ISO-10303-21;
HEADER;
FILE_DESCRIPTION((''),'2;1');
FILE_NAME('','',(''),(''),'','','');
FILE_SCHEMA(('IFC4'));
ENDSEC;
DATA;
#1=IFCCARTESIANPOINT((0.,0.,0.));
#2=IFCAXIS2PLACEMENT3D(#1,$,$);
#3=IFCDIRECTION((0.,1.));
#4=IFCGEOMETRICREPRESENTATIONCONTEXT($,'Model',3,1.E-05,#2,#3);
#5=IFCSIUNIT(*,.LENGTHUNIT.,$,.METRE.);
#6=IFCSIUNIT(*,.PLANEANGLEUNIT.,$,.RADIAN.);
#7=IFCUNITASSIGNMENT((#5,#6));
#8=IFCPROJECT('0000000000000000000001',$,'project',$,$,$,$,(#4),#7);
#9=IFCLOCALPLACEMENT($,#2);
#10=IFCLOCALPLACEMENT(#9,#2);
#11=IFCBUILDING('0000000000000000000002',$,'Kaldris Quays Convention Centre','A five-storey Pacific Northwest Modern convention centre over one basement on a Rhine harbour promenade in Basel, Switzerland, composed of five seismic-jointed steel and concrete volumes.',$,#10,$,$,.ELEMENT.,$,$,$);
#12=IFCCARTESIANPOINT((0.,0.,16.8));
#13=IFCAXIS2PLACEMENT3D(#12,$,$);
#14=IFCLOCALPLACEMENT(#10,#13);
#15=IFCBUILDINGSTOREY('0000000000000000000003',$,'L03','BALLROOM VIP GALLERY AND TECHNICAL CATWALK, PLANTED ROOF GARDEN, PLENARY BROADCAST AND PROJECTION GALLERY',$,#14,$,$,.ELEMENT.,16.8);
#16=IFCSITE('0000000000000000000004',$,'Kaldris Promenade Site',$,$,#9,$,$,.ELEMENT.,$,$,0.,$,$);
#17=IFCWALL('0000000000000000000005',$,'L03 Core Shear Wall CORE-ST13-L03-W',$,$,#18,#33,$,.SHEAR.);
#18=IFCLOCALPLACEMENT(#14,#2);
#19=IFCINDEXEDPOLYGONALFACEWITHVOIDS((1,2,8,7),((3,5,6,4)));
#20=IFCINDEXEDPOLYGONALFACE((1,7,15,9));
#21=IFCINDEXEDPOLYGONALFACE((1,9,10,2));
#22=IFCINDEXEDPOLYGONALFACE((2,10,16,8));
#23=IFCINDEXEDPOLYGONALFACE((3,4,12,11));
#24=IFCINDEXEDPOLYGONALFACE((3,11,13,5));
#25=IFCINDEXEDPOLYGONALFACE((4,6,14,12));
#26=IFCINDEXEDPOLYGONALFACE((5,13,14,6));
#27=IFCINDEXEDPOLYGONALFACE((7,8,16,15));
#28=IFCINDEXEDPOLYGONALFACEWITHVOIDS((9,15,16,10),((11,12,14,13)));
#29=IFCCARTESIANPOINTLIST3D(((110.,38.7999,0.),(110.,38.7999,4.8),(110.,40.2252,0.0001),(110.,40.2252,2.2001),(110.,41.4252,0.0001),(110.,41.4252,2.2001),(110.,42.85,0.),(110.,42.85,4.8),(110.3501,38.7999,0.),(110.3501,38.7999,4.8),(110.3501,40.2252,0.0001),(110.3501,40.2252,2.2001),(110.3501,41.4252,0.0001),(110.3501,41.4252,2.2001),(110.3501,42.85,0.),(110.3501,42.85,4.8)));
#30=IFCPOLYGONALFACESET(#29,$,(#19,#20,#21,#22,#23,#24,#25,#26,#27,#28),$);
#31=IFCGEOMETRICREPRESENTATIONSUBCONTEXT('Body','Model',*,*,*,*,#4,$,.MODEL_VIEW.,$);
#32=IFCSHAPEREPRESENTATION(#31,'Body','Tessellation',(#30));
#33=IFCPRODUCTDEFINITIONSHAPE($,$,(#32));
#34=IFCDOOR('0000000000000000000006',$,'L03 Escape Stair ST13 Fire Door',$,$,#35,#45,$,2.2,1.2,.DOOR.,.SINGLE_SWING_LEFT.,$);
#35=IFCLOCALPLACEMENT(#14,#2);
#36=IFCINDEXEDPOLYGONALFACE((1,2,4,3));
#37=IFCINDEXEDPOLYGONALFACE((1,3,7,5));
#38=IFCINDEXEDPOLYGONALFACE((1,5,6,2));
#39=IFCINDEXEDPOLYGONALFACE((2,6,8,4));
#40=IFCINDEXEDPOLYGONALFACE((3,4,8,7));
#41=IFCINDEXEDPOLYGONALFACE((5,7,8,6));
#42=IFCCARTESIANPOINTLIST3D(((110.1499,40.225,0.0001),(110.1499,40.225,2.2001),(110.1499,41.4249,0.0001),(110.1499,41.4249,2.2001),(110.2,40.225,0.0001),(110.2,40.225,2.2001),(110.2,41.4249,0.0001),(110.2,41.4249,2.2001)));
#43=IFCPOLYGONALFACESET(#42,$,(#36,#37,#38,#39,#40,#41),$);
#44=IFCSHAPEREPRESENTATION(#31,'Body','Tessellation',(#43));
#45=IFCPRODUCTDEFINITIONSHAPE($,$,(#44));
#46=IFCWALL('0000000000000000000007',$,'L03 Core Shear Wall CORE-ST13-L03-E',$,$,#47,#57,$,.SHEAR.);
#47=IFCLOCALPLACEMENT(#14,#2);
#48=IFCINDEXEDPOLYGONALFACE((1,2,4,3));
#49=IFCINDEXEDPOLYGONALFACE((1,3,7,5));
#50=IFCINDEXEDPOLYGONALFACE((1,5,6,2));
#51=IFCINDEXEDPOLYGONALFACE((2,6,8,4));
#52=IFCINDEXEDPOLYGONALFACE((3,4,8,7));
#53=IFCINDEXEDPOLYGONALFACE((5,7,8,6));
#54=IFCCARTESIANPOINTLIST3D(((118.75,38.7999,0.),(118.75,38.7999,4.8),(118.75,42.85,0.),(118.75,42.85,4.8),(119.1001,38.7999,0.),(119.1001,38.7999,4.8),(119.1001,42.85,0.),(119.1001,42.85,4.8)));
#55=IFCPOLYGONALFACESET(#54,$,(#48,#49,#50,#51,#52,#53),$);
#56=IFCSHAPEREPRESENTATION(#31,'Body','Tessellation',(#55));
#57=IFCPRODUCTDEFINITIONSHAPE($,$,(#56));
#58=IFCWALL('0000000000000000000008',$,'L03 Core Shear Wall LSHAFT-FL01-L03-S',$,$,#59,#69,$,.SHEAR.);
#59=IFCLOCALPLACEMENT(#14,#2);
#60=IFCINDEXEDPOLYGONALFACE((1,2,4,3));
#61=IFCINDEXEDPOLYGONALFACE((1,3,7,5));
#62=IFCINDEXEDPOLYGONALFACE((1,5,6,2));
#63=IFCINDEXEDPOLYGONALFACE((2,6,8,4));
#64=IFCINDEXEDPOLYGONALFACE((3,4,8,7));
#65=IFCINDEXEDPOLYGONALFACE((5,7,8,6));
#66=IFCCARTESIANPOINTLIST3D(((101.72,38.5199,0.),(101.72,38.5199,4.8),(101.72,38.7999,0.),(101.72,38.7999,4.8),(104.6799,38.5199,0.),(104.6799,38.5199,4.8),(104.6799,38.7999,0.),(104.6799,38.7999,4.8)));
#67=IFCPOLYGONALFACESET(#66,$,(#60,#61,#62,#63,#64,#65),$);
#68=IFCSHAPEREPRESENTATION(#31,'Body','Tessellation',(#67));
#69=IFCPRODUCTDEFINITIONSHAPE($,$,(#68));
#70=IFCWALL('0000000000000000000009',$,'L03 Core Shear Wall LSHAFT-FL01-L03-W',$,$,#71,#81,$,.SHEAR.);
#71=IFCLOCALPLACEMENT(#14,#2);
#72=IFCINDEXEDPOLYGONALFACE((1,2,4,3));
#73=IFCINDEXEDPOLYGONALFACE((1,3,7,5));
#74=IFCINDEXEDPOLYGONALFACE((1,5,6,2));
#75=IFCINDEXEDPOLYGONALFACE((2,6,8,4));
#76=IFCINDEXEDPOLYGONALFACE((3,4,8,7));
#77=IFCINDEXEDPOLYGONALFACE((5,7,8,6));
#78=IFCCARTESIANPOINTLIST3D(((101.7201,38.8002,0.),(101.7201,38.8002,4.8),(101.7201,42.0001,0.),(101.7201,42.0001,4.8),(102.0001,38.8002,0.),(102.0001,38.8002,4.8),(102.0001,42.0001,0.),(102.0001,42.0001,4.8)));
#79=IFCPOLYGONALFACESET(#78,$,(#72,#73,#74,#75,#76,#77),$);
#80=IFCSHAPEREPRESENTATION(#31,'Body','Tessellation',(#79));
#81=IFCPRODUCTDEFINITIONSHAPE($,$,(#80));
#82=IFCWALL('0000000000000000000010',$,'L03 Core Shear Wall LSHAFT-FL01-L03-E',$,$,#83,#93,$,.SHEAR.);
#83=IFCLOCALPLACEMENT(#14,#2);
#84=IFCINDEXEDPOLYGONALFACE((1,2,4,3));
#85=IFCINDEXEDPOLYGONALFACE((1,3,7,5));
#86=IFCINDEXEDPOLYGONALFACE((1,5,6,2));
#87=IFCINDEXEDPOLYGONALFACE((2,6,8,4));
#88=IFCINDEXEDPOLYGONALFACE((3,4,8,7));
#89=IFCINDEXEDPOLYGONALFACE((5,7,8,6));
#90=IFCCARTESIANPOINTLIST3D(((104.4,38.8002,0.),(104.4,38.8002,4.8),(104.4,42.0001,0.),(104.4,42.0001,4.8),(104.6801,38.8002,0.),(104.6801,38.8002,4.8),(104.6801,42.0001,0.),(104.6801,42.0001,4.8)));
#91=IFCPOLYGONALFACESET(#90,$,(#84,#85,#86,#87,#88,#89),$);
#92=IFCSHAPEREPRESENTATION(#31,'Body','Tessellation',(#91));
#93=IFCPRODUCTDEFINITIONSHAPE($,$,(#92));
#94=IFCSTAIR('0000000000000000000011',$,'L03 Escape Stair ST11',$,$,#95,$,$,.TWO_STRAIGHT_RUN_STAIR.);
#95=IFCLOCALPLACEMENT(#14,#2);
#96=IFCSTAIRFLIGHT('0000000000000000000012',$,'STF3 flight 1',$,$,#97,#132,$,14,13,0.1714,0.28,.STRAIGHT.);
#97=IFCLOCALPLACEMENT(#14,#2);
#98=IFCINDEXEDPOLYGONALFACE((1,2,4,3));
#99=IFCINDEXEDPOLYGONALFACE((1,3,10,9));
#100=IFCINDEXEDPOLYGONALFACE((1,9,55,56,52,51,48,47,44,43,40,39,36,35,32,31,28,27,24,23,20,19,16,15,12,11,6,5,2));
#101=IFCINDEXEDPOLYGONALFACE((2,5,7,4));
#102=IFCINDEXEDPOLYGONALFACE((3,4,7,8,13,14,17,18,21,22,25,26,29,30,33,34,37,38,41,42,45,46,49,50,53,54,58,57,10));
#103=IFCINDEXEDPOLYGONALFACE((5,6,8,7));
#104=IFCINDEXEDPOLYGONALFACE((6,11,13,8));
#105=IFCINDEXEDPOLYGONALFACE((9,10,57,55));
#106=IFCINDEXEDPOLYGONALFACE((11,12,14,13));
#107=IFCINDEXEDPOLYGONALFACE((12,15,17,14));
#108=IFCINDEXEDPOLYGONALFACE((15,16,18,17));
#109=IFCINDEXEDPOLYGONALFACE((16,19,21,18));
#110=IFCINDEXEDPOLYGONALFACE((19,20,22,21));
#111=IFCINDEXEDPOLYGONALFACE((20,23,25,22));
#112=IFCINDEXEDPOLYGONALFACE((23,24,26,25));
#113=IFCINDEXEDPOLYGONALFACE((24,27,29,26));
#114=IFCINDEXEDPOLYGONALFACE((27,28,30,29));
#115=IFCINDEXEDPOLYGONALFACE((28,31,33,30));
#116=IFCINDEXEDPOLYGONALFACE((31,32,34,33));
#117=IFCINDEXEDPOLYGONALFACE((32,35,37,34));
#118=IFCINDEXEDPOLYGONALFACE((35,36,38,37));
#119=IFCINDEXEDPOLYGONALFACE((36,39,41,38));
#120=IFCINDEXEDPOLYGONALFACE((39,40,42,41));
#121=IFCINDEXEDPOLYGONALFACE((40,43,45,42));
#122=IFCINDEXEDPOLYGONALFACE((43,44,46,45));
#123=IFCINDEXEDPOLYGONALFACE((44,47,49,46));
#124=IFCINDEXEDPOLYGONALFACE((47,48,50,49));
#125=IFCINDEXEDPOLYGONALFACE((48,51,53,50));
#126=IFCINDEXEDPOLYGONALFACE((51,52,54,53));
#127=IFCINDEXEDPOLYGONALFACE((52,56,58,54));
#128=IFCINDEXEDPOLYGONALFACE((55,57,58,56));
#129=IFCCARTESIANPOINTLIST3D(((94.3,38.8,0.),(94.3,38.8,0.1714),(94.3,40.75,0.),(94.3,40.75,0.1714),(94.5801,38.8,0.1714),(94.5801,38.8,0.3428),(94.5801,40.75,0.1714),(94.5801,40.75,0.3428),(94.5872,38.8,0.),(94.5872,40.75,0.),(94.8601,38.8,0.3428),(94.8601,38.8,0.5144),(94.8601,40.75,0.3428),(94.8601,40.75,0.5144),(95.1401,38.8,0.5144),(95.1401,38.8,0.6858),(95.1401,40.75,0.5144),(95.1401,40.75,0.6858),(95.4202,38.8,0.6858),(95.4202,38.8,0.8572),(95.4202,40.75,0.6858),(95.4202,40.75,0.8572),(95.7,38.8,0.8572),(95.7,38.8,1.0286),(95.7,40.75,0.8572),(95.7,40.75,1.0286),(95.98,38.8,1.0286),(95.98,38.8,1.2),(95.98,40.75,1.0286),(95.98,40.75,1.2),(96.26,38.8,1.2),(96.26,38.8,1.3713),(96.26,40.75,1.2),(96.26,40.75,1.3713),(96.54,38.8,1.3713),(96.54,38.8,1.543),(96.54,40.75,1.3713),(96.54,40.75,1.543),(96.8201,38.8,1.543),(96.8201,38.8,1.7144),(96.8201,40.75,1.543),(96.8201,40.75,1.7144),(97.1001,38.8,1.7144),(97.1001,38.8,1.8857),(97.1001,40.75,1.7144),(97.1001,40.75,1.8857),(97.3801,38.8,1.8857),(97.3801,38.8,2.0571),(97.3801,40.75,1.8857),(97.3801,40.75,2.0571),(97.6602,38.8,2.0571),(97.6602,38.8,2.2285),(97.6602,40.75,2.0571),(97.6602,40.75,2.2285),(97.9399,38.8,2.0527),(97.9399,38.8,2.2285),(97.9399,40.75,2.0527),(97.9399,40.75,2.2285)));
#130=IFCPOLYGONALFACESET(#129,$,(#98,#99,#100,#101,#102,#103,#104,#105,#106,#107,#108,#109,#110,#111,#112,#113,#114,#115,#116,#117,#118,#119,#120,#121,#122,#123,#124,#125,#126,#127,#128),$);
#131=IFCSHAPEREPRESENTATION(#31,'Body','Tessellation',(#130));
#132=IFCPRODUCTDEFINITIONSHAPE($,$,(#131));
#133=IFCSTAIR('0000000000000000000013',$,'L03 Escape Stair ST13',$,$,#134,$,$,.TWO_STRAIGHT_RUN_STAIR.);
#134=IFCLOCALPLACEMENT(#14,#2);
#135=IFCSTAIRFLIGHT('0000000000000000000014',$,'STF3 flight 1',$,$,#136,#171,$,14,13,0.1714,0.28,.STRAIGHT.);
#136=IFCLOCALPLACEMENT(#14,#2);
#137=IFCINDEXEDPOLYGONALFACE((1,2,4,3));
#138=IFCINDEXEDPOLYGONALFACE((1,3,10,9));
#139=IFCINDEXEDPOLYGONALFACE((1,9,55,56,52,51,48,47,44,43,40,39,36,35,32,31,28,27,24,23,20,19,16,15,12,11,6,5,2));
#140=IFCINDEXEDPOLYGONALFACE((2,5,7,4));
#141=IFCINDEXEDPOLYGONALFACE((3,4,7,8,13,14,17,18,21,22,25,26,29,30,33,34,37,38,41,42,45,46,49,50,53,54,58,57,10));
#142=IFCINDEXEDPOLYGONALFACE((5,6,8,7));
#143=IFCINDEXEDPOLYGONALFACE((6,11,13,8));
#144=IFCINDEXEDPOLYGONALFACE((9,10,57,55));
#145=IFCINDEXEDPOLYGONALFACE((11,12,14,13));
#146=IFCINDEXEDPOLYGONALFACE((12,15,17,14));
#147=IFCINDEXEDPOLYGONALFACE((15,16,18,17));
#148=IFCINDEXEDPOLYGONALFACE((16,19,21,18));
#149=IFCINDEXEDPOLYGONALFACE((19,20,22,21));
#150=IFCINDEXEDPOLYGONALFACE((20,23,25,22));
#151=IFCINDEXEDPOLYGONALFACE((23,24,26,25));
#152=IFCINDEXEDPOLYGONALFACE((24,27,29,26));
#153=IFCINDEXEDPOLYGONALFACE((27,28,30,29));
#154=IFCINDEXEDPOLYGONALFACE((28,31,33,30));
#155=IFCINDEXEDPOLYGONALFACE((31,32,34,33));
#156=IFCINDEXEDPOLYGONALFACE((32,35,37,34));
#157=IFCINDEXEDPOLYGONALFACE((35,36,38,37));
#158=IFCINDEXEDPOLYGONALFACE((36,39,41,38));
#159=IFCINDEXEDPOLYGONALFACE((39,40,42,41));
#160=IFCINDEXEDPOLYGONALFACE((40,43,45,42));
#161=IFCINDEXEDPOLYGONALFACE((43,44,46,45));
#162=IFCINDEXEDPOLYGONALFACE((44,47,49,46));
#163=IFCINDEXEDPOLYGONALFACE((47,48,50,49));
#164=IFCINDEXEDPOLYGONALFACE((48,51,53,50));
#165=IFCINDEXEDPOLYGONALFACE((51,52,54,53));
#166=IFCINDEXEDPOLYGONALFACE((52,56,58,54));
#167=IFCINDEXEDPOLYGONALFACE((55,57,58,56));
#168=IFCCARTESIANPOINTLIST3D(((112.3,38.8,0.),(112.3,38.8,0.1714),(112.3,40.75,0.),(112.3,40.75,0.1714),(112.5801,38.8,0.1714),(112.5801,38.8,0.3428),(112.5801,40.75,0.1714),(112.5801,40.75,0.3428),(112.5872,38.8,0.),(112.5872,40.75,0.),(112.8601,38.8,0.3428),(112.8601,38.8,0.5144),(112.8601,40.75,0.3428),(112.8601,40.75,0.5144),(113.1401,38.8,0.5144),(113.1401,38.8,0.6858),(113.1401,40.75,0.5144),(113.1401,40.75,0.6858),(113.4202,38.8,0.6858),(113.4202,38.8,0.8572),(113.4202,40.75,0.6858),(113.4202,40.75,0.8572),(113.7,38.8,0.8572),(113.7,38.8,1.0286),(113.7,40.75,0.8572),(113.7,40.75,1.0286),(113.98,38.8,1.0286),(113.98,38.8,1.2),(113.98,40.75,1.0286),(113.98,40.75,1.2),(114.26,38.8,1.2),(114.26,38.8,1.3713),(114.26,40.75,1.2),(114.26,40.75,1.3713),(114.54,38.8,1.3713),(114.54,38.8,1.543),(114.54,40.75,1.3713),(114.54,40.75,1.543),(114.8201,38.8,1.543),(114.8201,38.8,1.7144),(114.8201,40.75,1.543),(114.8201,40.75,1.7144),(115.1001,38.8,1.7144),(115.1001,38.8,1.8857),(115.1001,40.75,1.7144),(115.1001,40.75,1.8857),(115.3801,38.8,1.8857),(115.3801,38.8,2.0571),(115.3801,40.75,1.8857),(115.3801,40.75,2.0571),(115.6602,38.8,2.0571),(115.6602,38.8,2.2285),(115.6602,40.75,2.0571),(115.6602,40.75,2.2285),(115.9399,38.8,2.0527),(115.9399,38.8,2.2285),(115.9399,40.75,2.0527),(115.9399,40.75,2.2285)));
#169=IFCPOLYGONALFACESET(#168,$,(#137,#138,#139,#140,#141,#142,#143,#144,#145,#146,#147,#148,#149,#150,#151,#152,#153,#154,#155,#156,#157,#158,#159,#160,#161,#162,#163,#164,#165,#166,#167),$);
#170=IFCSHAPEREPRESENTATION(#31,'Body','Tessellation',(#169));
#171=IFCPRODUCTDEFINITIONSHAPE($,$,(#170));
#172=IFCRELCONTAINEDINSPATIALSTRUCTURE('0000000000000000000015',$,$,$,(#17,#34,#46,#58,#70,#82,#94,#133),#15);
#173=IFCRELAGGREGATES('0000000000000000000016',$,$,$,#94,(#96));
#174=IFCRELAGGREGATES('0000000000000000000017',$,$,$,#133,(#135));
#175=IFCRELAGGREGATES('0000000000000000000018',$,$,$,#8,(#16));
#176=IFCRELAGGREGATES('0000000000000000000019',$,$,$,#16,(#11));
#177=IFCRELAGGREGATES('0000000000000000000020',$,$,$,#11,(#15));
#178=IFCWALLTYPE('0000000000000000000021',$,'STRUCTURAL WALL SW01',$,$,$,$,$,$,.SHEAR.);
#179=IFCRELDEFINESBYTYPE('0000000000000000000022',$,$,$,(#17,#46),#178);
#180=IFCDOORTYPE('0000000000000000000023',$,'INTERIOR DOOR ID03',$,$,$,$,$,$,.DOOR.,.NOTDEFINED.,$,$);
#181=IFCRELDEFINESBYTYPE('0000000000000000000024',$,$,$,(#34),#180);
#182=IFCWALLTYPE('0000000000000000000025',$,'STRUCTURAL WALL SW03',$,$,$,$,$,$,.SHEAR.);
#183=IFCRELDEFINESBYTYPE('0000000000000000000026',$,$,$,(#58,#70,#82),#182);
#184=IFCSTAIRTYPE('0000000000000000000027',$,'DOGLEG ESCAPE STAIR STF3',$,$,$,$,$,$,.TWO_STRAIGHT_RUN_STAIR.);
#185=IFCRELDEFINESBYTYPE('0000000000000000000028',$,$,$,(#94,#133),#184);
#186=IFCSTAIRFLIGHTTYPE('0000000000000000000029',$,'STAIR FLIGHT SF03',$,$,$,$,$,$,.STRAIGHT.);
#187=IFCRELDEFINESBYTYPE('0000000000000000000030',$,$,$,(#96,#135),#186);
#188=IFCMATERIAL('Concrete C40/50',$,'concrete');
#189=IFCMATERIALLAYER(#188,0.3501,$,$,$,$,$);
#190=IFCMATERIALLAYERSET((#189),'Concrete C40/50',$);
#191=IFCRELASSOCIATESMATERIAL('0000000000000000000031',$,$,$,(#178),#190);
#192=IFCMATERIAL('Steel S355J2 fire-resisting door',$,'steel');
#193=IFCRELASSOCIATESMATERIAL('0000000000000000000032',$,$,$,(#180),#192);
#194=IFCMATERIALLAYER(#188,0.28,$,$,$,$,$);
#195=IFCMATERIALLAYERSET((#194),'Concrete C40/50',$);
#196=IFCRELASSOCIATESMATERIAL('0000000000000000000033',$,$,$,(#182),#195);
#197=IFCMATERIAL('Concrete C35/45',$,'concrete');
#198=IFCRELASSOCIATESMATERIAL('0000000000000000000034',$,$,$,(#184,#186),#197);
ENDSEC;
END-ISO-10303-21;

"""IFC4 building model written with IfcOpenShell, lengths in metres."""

from ifc_helpers import new_model, si_unit, direction, frame, frame_2d, origin, place, context, subcontext, project, spatial, polyline, rectangle, outline, extrude, material, layer, layer_set, type_object, element, fill, aggregate, save


model = new_model("IFC4")

# Units and contexts
model_context = context("Model", 3, precision=1e-05, world=origin(), true_north=direction((0.0, 1.0)))
body_context = subcontext(model_context, "Body", "Model", "MODEL_VIEW")
ifc_project = project(units=[si_unit("LENGTHUNIT", "METRE"), si_unit("PLANEANGLEUNIT", "RADIAN")], contexts=[model_context])

# Site, building, storey
site_placement = place(None, origin())
site = spatial("IfcSite", under=ifc_project, at=site_placement, Name="Kaldris Promenade Site", CompositionType="ELEMENT", RefElevation=0.0)
building_placement = place(site_placement, origin())
building = spatial("IfcBuilding", under=site, at=building_placement, Name="Kaldris Quays Convention Centre", Description="A five-storey Pacific Northwest Modern convention centre over one basement on a Rhine harbour promenade in Basel, Switzerland, composed of five seismic-jointed steel and concrete volumes.", CompositionType="ELEMENT")
storey_placement = place(building_placement, frame((0.0, 0.0, 16.8)))
storey = spatial("IfcBuildingStorey", under=building, at=storey_placement, Name="L03", Description="BALLROOM VIP GALLERY AND TECHNICAL CATWALK, PLANTED ROOF GARDEN, PLENARY BROADCAST AND PROJECTION GALLERY", CompositionType="ELEMENT", Elevation=16.8)

# Shared definitions
ifc_material_1 = material(Name="Concrete C40/50", Category="concrete")
ifc_layer_1 = layer(ifc_material_1, 0.3501)
ifc_layer_set_1 = layer_set([ifc_layer_1], Name="Concrete C40/50")
wall_type_1 = type_object("IfcWallType", Name="STRUCTURAL WALL SW01", PredefinedType="SHEAR", material=ifc_layer_set_1)

# Shared definitions
ifc_material_2 = material(Name="Steel S355J2 fire-resisting door", Category="steel")
door_type = type_object("IfcDoorType", Name="INTERIOR DOOR ID03", OperationType="NOTDEFINED", PredefinedType="DOOR", material=ifc_material_2)

# Wall, opening, door
wall_1_placement = place(storey_placement, frame((110.175, 38.8, 0.0), z_axis=(0.0, 0.0, 1.0), x_axis=(0.0, 1.0, 0.0)))
wall_1 = element("IfcWall", 1, at=wall_1_placement, inside=storey, type_object=wall_type_1, Name="L03 Core Shear Wall CORE-ST13-L03-W", PredefinedType="SHEAR", context=body_context, shape_type="SweptSolid", body=[
    extrude(rectangle(XDim=4.05, YDim=0.3501, at=frame_2d((2.0249, 0.0))), origin(), (0.0, 0.0, 1.0), 4.8),
])
opening_1_placement = place(wall_1_placement, frame((1.425, 0.0, 0.0)))
opening_1 = element("IfcOpeningElement", 2, at=opening_1_placement, cuts=wall_1, PredefinedType="OPENING", context=body_context, shape_type="SweptSolid", body=[
    extrude(rectangle(XDim=1.2, YDim=2.2, at=frame_2d((0.6001, 1.1001))), frame((0.0, 0.1851, 0.0), z_axis=(0.0, -1.0, 0.0), x_axis=(1.0, 0.0, 0.0)), (0.0, 0.0, 1.0), 0.3701),
])
door_1_placement = place(opening_1_placement, frame((1.2, 0.0, 0.0), z_axis=(0.0, 0.0, 1.0), x_axis=(-1.0, 0.0, 0.0)))
door_1 = element("IfcDoor", 3, at=door_1_placement, inside=storey, type_object=door_type, Name="L03 Escape Stair ST13 Fire Door", OperationType="SINGLE_SWING_LEFT", OverallHeight=2.2, OverallWidth=1.2, PredefinedType="DOOR", context=body_context, shape_type="SweptSolid", body=[
    extrude(rectangle(XDim=1.2, YDim=2.2, at=frame_2d((0.6001, 1.1001))), frame((0.0, 0.0249, 0.0), z_axis=(0.0, -1.0, 0.0), x_axis=(1.0, 0.0, 0.0)), (0.0, 0.0, 1.0), 0.05),
])
fill(opening_1, door_1)

# Walls
wall_2_placement = place(storey_placement, frame((118.925, 38.8, 0.0), z_axis=(0.0, 0.0, 1.0), x_axis=(0.0, 1.0, 0.0)))
element("IfcWall", 4, at=wall_2_placement, inside=storey, type_object=wall_type_1, Name="L03 Core Shear Wall CORE-ST13-L03-E", PredefinedType="SHEAR", context=body_context, shape_type="SweptSolid", body=[
    extrude(rectangle(XDim=4.05, YDim=0.3501, at=frame_2d((2.0249, 0.0))), origin(), (0.0, 0.0, 1.0), 4.8),
])
ifc_layer_2 = layer(ifc_material_1, 0.28)
ifc_layer_set_2 = layer_set([ifc_layer_2], Name="Concrete C40/50")
wall_type_2 = type_object("IfcWallType", Name="STRUCTURAL WALL SW03", PredefinedType="SHEAR", material=ifc_layer_set_2)
wall_3_placement = place(storey_placement, frame((101.72, 38.6599, 0.0), z_axis=(0.0, 0.0, 1.0), x_axis=(1.0, 0.0, 0.0)))
element("IfcWall", 5, at=wall_3_placement, inside=storey, type_object=wall_type_2, Name="L03 Core Shear Wall LSHAFT-FL01-L03-S", PredefinedType="SHEAR", context=body_context, shape_type="SweptSolid", body=[
    extrude(rectangle(XDim=2.96, YDim=0.28, at=frame_2d((1.48, 0.0))), origin(), (0.0, 0.0, 1.0), 4.8),
])
for number, where, z_axis, x_axis, name in (
    (6, (101.8601, 38.8, 0.0), (0.0, 0.0, 1.0), (0.0, 1.0, 0.0), "L03 Core Shear Wall LSHAFT-FL01-L03-W"),
    (7, (104.54, 38.8, 0.0), (0.0, 0.0, 1.0), (0.0, 1.0, 0.0), "L03 Core Shear Wall LSHAFT-FL01-L03-E"),
):
    element("IfcWall", number, at=place(storey_placement, frame(where, z_axis=z_axis, x_axis=x_axis)), inside=storey, type_object=wall_type_2, Name=name, PredefinedType="SHEAR", context=body_context, shape_type="SweptSolid", body=[
        extrude(rectangle(XDim=3.2, YDim=0.28, at=frame_2d((1.6001, 0.0))), origin(), (0.0, 0.0, 1.0), 4.8),
    ])

# Stairs, stair flights
ifc_material_3 = material(Name="Concrete C35/45", Category="concrete")
stair_type = type_object("IfcStairType", Name="DOGLEG ESCAPE STAIR STF3", PredefinedType="TWO_STRAIGHT_RUN_STAIR", material=ifc_material_3)
stair_1_placement = place(storey_placement, origin())
stair_1 = element("IfcStair", 8, at=stair_1_placement, inside=storey, type_object=stair_type, Name="L03 Escape Stair ST11", PredefinedType="TWO_STRAIGHT_RUN_STAIR")
stair_flight_type = type_object("IfcStairFlightType", Name="STAIR FLIGHT SF03", PredefinedType="STRAIGHT", material=ifc_material_3)
stair_flight_1_placement = place(storey_placement, frame((94.3, 39.7749, 0.0), z_axis=(0.0, 0.0, 1.0), x_axis=(1.0, 0.0, 0.0)))
stair_flight_1 = element("IfcStairFlight", 9, at=stair_flight_1_placement, type_object=stair_flight_type, Name="STF3 flight 1", NumberOfRisers=14, NumberOfTreads=13, PredefinedType="STRAIGHT", RiserHeight=0.1714, TreadLength=0.28, context=body_context, shape_type="SweptSolid", body=[
    extrude(outline(polyline([(0.0, 0.0), (0.0, 0.1714), (0.28, 0.1714), (0.28, 0.3428), (0.5601, 0.3428), (0.5601, 0.5144), (0.8401, 0.5144), (0.8401, 0.6858), (1.1201, 0.6858), (1.1201, 0.8572), (1.3999, 0.8572), (1.3999, 1.0286), (1.6799, 1.0286), (1.6799, 1.2), (1.96, 1.2), (1.96, 1.3713), (2.24, 1.3713), (2.24, 1.543), (2.52, 1.543), (2.52, 1.7144), (2.8, 1.7144), (2.8, 1.8857), (3.0801, 1.8857), (3.0801, 2.0571), (3.3601, 2.0571), (3.3601, 2.2285), (3.6399, 2.2285), (3.6399, 2.3999), (3.6399, 2.0527), (0.2871, 0.0), (0.0, 0.0)])), frame((0.0, 0.9751, 0.0), z_axis=(0.0, -1.0, 0.0), x_axis=(1.0, 0.0, 0.0)), (0.0, 0.0, 1.0), 1.95),
])
aggregate(stair_1, [stair_flight_1])
stair_2_placement = place(storey_placement, origin())
stair_2 = element("IfcStair", 10, at=stair_2_placement, inside=storey, type_object=stair_type, Name="L03 Escape Stair ST13", PredefinedType="TWO_STRAIGHT_RUN_STAIR")
stair_flight_2_placement = place(storey_placement, frame((112.3, 39.7749, 0.0), z_axis=(0.0, 0.0, 1.0), x_axis=(1.0, 0.0, 0.0)))
stair_flight_2 = element("IfcStairFlight", 11, at=stair_flight_2_placement, type_object=stair_flight_type, Name="STF3 flight 1", NumberOfRisers=14, NumberOfTreads=13, PredefinedType="STRAIGHT", RiserHeight=0.1714, TreadLength=0.28, context=body_context, shape_type="SweptSolid", body=[
    extrude(outline(polyline([(0.0, 0.0), (0.0, 0.1714), (0.28, 0.1714), (0.28, 0.3428), (0.5601, 0.3428), (0.5601, 0.5144), (0.8401, 0.5144), (0.8401, 0.6858), (1.1201, 0.6858), (1.1201, 0.8572), (1.3999, 0.8572), (1.3999, 1.0286), (1.6799, 1.0286), (1.6799, 1.2), (1.96, 1.2), (1.96, 1.3713), (2.24, 1.3713), (2.24, 1.543), (2.52, 1.543), (2.52, 1.7144), (2.8, 1.7144), (2.8, 1.8857), (3.0801, 1.8857), (3.0801, 2.0571), (3.3601, 2.0571), (3.3601, 2.2285), (3.6399, 2.2285), (3.6399, 2.3999), (3.6399, 2.0527), (0.2871, 0.0), (0.0, 0.0)])), frame((0.0, 0.9751, 0.0), z_axis=(0.0, -1.0, 0.0), x_axis=(1.0, 0.0, 0.0)), (0.0, 0.0, 1.0), 1.95),
])
aggregate(stair_2, [stair_flight_2])

save(model, "model.ifc")
